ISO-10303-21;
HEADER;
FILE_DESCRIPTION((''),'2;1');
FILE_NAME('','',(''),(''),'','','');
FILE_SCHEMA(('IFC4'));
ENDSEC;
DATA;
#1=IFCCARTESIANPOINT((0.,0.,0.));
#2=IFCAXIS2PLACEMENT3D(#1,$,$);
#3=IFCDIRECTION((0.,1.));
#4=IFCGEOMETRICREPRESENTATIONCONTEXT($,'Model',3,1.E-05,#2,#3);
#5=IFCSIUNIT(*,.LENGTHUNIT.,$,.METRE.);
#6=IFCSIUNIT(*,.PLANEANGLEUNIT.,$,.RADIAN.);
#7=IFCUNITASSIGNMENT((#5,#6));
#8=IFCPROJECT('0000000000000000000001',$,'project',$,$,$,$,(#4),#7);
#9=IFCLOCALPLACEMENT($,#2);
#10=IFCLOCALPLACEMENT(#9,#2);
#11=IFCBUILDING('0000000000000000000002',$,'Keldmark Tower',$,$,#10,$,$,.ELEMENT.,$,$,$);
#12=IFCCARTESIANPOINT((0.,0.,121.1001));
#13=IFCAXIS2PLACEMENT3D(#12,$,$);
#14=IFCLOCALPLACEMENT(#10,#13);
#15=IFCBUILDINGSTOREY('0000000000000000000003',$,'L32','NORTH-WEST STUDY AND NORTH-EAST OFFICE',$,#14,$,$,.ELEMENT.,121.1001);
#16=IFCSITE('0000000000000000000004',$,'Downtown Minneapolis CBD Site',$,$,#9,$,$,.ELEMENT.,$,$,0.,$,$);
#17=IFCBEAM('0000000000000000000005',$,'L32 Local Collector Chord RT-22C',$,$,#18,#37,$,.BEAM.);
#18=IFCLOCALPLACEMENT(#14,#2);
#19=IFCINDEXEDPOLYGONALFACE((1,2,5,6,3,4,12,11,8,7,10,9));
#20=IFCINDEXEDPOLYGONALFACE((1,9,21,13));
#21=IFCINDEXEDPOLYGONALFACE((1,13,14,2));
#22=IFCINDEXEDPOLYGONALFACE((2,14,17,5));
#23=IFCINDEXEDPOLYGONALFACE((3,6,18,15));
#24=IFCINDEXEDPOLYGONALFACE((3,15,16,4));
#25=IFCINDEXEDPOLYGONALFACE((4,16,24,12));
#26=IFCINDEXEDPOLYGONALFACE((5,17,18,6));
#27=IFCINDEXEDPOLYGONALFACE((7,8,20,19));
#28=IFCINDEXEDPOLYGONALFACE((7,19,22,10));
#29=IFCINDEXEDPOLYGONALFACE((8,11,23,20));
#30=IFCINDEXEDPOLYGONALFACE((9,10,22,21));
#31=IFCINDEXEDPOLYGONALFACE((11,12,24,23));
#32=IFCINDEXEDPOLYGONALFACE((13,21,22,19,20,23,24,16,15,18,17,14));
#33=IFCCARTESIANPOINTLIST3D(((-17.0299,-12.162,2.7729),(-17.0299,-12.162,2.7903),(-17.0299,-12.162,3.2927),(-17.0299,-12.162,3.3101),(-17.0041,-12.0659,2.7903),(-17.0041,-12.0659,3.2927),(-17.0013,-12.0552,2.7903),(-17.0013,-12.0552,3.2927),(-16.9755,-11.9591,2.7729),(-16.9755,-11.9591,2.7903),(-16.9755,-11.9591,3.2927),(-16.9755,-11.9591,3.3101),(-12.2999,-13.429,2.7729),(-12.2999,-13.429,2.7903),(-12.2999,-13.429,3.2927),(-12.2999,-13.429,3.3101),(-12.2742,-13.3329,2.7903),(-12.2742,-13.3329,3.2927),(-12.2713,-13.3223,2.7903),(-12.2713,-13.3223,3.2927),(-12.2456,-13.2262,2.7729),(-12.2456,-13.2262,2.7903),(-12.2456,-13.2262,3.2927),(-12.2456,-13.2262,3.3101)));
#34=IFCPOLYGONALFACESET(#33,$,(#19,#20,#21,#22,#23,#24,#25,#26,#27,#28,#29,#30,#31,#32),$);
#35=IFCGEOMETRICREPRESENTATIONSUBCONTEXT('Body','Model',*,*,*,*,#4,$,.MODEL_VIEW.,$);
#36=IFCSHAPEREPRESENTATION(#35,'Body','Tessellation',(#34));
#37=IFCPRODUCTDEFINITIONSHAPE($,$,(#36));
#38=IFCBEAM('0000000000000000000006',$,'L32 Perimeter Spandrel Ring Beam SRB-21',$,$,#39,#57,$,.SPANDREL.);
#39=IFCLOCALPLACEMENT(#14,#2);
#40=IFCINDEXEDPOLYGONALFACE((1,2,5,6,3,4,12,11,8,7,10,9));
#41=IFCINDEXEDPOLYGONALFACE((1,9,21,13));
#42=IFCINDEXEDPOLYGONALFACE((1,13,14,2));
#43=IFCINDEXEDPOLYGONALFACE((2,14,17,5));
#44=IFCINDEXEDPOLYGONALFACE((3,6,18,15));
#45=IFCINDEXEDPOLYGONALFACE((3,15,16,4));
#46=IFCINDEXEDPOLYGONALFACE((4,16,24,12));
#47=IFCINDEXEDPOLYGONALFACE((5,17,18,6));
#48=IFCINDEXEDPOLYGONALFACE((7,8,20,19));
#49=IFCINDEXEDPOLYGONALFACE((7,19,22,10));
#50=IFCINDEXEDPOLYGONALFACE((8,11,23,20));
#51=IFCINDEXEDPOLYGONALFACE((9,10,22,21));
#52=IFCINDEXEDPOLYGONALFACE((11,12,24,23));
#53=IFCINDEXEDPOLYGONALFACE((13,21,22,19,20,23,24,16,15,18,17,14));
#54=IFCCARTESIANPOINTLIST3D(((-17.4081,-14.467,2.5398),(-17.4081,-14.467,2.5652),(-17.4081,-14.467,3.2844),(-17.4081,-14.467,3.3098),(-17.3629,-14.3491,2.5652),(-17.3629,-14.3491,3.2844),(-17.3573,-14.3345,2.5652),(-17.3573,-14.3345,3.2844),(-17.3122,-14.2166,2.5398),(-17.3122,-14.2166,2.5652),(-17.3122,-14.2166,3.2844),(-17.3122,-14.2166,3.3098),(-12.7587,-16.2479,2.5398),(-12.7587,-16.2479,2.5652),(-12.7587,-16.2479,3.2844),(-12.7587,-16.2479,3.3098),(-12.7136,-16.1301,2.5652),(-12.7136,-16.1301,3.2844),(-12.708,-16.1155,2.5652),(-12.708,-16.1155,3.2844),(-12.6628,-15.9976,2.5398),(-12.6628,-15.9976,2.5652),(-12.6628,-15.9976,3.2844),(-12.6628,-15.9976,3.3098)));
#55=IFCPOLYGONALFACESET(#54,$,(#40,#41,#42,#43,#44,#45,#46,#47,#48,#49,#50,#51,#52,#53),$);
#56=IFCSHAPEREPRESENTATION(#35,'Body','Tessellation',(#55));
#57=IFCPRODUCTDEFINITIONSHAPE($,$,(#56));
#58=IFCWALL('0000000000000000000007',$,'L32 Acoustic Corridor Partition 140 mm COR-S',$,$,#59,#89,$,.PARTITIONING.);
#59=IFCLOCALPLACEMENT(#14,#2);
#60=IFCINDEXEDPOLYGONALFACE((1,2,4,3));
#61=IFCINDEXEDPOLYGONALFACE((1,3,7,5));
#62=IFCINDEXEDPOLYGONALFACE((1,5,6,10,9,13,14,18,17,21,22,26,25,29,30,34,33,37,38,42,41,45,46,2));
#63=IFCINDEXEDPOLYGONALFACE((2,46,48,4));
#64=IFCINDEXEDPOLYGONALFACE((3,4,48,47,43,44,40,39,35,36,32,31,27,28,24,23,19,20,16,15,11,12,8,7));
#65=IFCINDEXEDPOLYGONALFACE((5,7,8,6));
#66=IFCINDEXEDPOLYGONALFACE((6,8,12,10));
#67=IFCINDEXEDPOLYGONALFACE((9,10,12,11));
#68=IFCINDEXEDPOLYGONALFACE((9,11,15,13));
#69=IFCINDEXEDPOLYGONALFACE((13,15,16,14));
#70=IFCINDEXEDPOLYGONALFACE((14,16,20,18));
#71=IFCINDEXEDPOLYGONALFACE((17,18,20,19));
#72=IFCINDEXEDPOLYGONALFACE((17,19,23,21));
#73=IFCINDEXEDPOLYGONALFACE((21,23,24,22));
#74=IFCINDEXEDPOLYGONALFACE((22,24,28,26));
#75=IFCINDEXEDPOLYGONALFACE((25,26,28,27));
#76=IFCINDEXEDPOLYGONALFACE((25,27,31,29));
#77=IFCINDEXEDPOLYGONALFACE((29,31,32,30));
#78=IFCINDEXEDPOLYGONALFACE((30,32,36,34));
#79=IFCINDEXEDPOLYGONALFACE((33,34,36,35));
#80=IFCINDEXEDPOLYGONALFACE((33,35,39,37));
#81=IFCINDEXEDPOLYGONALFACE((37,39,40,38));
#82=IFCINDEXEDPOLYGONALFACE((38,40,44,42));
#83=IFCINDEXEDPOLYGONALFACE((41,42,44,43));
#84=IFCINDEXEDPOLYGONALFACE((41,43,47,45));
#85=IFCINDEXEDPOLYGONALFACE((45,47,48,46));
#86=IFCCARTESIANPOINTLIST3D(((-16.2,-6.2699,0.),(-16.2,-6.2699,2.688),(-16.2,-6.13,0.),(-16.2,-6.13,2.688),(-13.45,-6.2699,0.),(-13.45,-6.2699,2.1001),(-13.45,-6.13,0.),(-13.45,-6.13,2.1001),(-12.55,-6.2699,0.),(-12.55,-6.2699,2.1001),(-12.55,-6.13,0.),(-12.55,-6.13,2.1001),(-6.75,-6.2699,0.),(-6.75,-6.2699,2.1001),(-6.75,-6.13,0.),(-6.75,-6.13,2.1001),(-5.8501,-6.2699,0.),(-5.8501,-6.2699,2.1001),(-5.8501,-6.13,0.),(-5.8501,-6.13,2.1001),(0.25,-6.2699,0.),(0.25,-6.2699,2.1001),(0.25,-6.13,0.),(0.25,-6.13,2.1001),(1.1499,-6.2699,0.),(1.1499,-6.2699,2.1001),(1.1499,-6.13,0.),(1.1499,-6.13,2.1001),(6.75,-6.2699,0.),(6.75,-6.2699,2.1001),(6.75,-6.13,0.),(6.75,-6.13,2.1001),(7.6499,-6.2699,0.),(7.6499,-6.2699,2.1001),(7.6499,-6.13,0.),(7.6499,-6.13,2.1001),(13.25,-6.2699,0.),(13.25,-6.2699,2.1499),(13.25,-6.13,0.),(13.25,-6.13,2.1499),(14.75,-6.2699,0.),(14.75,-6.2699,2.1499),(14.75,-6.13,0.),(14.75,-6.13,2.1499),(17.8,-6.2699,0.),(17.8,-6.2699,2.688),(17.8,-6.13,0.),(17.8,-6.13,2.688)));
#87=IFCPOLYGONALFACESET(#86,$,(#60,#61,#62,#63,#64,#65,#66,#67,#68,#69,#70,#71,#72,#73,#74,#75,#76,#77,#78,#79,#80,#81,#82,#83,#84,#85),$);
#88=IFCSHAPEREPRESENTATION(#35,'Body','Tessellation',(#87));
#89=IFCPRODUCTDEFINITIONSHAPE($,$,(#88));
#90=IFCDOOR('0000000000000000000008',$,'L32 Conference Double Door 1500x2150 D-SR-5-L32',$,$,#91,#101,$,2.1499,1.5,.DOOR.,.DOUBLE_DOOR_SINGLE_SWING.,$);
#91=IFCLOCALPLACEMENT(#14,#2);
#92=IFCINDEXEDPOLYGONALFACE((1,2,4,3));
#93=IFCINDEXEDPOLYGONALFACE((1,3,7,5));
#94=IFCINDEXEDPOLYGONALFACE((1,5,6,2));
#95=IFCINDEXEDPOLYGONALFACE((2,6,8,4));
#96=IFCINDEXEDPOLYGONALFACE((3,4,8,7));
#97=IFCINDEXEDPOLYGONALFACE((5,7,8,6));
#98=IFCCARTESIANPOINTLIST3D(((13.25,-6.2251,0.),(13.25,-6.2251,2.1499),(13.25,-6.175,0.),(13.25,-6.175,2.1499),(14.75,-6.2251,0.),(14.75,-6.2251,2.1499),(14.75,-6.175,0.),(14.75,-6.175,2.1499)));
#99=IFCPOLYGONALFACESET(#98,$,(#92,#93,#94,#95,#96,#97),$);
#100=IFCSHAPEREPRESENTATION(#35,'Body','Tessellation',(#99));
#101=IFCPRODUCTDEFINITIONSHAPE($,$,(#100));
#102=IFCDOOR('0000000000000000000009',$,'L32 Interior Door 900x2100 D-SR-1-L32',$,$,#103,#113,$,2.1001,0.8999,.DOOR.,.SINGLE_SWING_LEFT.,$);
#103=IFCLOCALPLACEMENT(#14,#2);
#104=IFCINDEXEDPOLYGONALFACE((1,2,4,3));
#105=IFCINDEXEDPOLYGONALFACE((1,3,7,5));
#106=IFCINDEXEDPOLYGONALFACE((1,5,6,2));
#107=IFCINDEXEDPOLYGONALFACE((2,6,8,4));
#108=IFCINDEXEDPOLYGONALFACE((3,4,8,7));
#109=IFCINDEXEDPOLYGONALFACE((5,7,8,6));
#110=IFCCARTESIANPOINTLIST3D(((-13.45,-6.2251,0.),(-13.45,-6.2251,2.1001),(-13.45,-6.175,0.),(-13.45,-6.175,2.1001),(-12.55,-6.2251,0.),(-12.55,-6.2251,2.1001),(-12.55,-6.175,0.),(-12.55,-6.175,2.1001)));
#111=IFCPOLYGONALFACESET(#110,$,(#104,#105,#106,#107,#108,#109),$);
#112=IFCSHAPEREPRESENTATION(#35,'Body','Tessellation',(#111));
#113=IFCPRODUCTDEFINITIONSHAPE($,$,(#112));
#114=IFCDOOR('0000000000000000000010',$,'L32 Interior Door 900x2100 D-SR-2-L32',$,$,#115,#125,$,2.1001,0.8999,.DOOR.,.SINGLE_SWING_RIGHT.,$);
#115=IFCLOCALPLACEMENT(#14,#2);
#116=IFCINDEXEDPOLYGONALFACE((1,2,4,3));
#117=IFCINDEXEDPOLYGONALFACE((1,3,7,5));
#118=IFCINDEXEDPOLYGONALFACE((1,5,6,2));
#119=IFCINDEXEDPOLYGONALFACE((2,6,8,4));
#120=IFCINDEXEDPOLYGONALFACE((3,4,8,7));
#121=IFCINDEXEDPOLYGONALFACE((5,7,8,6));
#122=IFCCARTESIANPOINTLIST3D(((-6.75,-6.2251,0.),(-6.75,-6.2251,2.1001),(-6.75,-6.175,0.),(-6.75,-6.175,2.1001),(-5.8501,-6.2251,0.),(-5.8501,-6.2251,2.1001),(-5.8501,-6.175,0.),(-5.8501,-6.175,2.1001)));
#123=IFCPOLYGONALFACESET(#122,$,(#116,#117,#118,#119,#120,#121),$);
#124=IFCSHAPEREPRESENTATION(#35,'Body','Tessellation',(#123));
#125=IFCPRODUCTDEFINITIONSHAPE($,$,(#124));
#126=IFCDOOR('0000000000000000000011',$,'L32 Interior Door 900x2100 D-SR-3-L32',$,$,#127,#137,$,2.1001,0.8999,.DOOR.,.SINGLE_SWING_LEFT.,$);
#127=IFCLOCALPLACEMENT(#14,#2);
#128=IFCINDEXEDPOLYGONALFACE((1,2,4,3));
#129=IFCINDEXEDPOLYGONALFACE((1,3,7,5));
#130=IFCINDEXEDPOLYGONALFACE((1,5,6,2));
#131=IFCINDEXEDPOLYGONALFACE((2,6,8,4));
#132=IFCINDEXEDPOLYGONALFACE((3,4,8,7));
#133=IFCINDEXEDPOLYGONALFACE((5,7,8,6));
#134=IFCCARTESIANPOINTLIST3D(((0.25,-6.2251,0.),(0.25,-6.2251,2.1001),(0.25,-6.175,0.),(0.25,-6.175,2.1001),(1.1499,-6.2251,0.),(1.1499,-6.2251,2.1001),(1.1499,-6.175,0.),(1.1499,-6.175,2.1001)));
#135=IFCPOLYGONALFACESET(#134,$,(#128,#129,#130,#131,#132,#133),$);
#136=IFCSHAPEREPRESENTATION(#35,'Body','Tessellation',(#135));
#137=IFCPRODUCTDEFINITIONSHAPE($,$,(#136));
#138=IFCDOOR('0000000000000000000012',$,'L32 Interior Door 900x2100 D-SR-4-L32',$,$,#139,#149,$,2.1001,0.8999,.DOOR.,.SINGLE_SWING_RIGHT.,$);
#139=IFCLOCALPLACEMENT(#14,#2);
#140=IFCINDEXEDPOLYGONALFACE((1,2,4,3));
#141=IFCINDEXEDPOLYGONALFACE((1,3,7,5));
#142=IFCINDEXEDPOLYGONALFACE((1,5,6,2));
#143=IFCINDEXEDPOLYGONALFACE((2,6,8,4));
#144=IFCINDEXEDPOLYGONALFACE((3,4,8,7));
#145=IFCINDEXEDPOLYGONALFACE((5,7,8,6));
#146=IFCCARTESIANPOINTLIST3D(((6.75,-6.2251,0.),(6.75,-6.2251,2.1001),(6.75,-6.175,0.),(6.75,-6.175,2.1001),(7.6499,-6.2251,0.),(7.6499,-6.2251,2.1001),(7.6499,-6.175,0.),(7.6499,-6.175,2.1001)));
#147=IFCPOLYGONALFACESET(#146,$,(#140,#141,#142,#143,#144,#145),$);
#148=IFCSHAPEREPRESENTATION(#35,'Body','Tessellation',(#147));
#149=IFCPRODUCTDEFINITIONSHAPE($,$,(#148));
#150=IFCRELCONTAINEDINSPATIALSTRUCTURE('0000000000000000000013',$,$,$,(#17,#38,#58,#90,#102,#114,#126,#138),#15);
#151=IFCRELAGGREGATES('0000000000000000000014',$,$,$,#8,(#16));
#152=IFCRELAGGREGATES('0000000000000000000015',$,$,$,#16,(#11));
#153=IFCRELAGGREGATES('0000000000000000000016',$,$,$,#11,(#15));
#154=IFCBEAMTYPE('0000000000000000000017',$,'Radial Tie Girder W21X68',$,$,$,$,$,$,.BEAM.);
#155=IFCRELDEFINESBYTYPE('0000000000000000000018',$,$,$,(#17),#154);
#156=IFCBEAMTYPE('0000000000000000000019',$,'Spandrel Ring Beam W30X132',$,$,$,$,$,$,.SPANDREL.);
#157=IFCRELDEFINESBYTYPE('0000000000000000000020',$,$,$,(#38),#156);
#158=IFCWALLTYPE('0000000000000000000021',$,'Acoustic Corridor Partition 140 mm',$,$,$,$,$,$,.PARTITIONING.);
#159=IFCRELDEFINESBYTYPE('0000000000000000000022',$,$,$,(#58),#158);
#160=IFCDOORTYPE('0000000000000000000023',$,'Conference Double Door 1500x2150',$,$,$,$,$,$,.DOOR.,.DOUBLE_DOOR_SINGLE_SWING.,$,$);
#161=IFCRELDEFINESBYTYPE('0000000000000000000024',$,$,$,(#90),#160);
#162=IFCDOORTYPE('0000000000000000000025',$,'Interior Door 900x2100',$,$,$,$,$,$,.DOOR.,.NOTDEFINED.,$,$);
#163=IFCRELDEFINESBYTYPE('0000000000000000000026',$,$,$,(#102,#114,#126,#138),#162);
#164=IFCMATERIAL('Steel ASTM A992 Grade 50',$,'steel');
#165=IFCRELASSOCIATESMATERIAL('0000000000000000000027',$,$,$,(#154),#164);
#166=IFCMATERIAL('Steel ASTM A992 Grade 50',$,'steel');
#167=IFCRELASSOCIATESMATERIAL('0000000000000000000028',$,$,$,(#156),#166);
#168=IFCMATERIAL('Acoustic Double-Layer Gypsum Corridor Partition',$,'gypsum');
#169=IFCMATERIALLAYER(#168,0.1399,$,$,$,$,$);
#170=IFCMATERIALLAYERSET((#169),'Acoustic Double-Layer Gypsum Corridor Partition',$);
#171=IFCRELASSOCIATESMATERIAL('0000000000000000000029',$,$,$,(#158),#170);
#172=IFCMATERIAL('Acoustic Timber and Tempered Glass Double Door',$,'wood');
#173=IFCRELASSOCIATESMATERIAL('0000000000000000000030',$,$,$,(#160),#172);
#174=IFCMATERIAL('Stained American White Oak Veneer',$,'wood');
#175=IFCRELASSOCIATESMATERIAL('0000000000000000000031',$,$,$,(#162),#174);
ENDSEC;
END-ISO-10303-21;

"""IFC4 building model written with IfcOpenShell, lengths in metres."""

from ifc_helpers import new_model, si_unit, direction, frame, frame_2d, origin, origin_2d, place, context, subcontext, project, spatial, rectangle, i_section, extrude, material, layer, layer_set, material_profile, profile_set, type_object, element, fill, save


model = new_model("IFC4")

# Units and contexts
model_context = context("Model", 3, precision=1e-05, world=origin(), true_north=direction((0.0, 1.0)))
body_context = subcontext(model_context, "Body", "Model", "MODEL_VIEW")
ifc_project = project(units=[si_unit("LENGTHUNIT", "METRE"), si_unit("PLANEANGLEUNIT", "RADIAN")], contexts=[model_context])

# Site, building, storey
site_placement = place(None, origin())
site = spatial("IfcSite", under=ifc_project, at=site_placement, Name="Downtown Minneapolis CBD Site", CompositionType="ELEMENT", RefElevation=0.0)
building_placement = place(site_placement, origin())
building = spatial("IfcBuilding", under=site, at=building_placement, Name="Keldmark Tower", CompositionType="ELEMENT")
storey_placement = place(building_placement, frame((0.0, 0.0, 121.1001)))
storey = spatial("IfcBuildingStorey", under=building, at=storey_placement, Name="L32", Description="NORTH-WEST STUDY AND NORTH-EAST OFFICE", CompositionType="ELEMENT", Elevation=121.1001)

# Beams
ifc_material_1 = material(Name="Steel ASTM A992 Grade 50", Category="steel")
ifc_material_profile_1 = material_profile(ifc_material_1, i_section(OverallWidth=0.21, OverallDepth=0.5371, WebThickness=0.011, FlangeThickness=0.0173, at=origin_2d()), Name="W21X68")
ifc_profile_set_1 = profile_set([ifc_material_profile_1], Name="Steel ASTM A992 Grade 50")
beam_type_1 = type_object("IfcBeamType", Name="Radial Tie Girder W21X68", PredefinedType="BEAM", material=ifc_profile_set_1)
beam_1_placement = place(storey_placement, frame((-17.0027, -12.0605, 3.0415), z_axis=(0.965941, -0.258761, 0.0), x_axis=(0.258761, 0.965941, 0.0)))
element("IfcBeam", 1, at=beam_1_placement, inside=storey, type_object=beam_type_1, Name="L32 Local Collector Chord RT-22C", PredefinedType="BEAM", context=body_context, shape_type="SweptSolid", body=[
    extrude(i_section(OverallWidth=0.21, OverallDepth=0.5371, WebThickness=0.011, FlangeThickness=0.0173, at=origin_2d()), origin(), (0.0, 0.0, 1.0), 4.8967),
])
ifc_material_2 = material(Name="Steel ASTM A992 Grade 50", Category="steel")
ifc_material_profile_2 = material_profile(ifc_material_2, i_section(OverallWidth=0.2681, OverallDepth=0.77, WebThickness=0.0156, FlangeThickness=0.0254, at=origin_2d()), Name="W30X132")
ifc_profile_set_2 = profile_set([ifc_material_profile_2], Name="Steel ASTM A992 Grade 50")
beam_type_2 = type_object("IfcBeamType", Name="Spandrel Ring Beam W30X132", PredefinedType="SPANDREL", material=ifc_profile_set_2)
beam_2_placement = place(storey_placement, frame((-17.3601, -14.3418, 2.9248), z_axis=(0.933831, -0.357714, 0.0), x_axis=(0.357714, 0.933831, 0.0)))
element("IfcBeam", 2, at=beam_2_placement, inside=storey, type_object=beam_type_2, Name="L32 Perimeter Spandrel Ring Beam SRB-21", PredefinedType="SPANDREL", context=body_context, shape_type="SweptSolid", body=[
    extrude(i_section(OverallWidth=0.2681, OverallDepth=0.77, WebThickness=0.0156, FlangeThickness=0.0254, at=origin_2d()), origin(), (0.0, 0.0, 1.0), 4.9788),
])

# Wall, openings, doors
ifc_material_3 = material(Name="Acoustic Double-Layer Gypsum Corridor Partition", Category="gypsum")
ifc_layer_1 = layer(ifc_material_3, 0.1399)
ifc_layer_set_1 = layer_set([ifc_layer_1], Name="Acoustic Double-Layer Gypsum Corridor Partition")
wall_type_1 = type_object("IfcWallType", Name="Acoustic Corridor Partition 140 mm", PredefinedType="PARTITIONING", material=ifc_layer_set_1)
wall_1_placement = place(storey_placement, frame((-16.2, -6.2, 0.0), z_axis=(0.0, 0.0, 1.0), x_axis=(1.0, 0.0, 0.0)))
wall_1 = element("IfcWall", 3, at=wall_1_placement, inside=storey, type_object=wall_type_1, Name="L32 Acoustic Corridor Partition 140 mm COR-S", PredefinedType="PARTITIONING", context=body_context, shape_type="SweptSolid", body=[
    extrude(rectangle(XDim=34.0, YDim=0.1399, at=frame_2d((17.0, 0.0))), origin(), (0.0, 0.0, 1.0), 2.688),
])
opening_1_placement = place(wall_1_placement, frame((2.75, 0.0, 0.0)))
opening_1 = element("IfcOpeningElement", 4, at=opening_1_placement, cuts=wall_1, PredefinedType="OPENING", context=body_context, shape_type="SweptSolid", body=[
    extrude(rectangle(XDim=0.8999, YDim=2.1001, at=frame_2d((0.45, 1.05))), frame((0.0, 0.0798, 0.0), z_axis=(0.0, -1.0, 0.0), x_axis=(1.0, 0.0, 0.0)), (0.0, 0.0, 1.0), 0.1599),
])
opening_2_placement = place(wall_1_placement, frame((9.45, 0.0, 0.0)))
opening_2 = element("IfcOpeningElement", 5, at=opening_2_placement, cuts=wall_1, PredefinedType="OPENING", context=body_context, shape_type="SweptSolid", body=[
    extrude(rectangle(XDim=0.8999, YDim=2.1001, at=frame_2d((0.45, 1.05))), frame((0.0, 0.0798, 0.0), z_axis=(0.0, -1.0, 0.0), x_axis=(1.0, 0.0, 0.0)), (0.0, 0.0, 1.0), 0.1599),
])
opening_3_placement = place(wall_1_placement, frame((16.45, 0.0, 0.0)))
opening_3 = element("IfcOpeningElement", 6, at=opening_3_placement, cuts=wall_1, PredefinedType="OPENING", context=body_context, shape_type="SweptSolid", body=[
    extrude(rectangle(XDim=0.8999, YDim=2.1001, at=frame_2d((0.45, 1.05))), frame((0.0, 0.0798, 0.0), z_axis=(0.0, -1.0, 0.0), x_axis=(1.0, 0.0, 0.0)), (0.0, 0.0, 1.0), 0.1599),
])
opening_4_placement = place(wall_1_placement, frame((22.95, 0.0, 0.0)))
opening_4 = element("IfcOpeningElement", 7, at=opening_4_placement, cuts=wall_1, PredefinedType="OPENING", context=body_context, shape_type="SweptSolid", body=[
    extrude(rectangle(XDim=0.8999, YDim=2.1001, at=frame_2d((0.45, 1.05))), frame((0.0, 0.0798, 0.0), z_axis=(0.0, -1.0, 0.0), x_axis=(1.0, 0.0, 0.0)), (0.0, 0.0, 1.0), 0.1599),
])
opening_5_placement = place(wall_1_placement, frame((29.45, 0.0, 0.0)))
opening_5 = element("IfcOpeningElement", 8, at=opening_5_placement, cuts=wall_1, PredefinedType="OPENING", context=body_context, shape_type="SweptSolid", body=[
    extrude(rectangle(XDim=1.5, YDim=2.1499, at=frame_2d((0.75, 1.075))), frame((0.0, 0.0798, 0.0), z_axis=(0.0, -1.0, 0.0), x_axis=(1.0, 0.0, 0.0)), (0.0, 0.0, 1.0), 0.1599),
])
ifc_material_4 = material(Name="Acoustic Timber and Tempered Glass Double Door", Category="wood")
door_type_1 = type_object("IfcDoorType", Name="Conference Double Door 1500x2150", OperationType="DOUBLE_DOOR_SINGLE_SWING", PredefinedType="DOOR", material=ifc_material_4)
door_1_placement = place(opening_5_placement, origin())
door_1 = element("IfcDoor", 9, at=door_1_placement, inside=storey, type_object=door_type_1, Name="L32 Conference Double Door 1500x2150 D-SR-5-L32", OperationType="DOUBLE_DOOR_SINGLE_SWING", OverallHeight=2.1499, OverallWidth=1.5, PredefinedType="DOOR", context=body_context, shape_type="SweptSolid", body=[
    extrude(rectangle(XDim=1.5, YDim=2.1499, at=frame_2d((0.75, 1.075))), frame((0.0, 0.0249, 0.0), z_axis=(0.0, -1.0, 0.0), x_axis=(1.0, 0.0, 0.0)), (0.0, 0.0, 1.0), 0.05),
])
fill(opening_5, door_1)
ifc_material_5 = material(Name="Stained American White Oak Veneer", Category="wood")
door_type_2 = type_object("IfcDoorType", Name="Interior Door 900x2100", OperationType="NOTDEFINED", PredefinedType="DOOR", material=ifc_material_5)
door_2_placement = place(opening_1_placement, origin())
door_2 = element("IfcDoor", 10, at=door_2_placement, inside=storey, type_object=door_type_2, Name="L32 Interior Door 900x2100 D-SR-1-L32", OperationType="SINGLE_SWING_LEFT", OverallHeight=2.1001, OverallWidth=0.8999, PredefinedType="DOOR", context=body_context, shape_type="SweptSolid", body=[
    extrude(rectangle(XDim=0.8999, YDim=2.1001, at=frame_2d((0.45, 1.05))), frame((0.0, 0.0249, 0.0), z_axis=(0.0, -1.0, 0.0), x_axis=(1.0, 0.0, 0.0)), (0.0, 0.0, 1.0), 0.05),
])
fill(opening_1, door_2)
door_3_placement = place(opening_2_placement, origin())
door_3 = element("IfcDoor", 11, at=door_3_placement, inside=storey, type_object=door_type_2, Name="L32 Interior Door 900x2100 D-SR-2-L32", OperationType="SINGLE_SWING_RIGHT", OverallHeight=2.1001, OverallWidth=0.8999, PredefinedType="DOOR", context=body_context, shape_type="SweptSolid", body=[
    extrude(rectangle(XDim=0.8999, YDim=2.1001, at=frame_2d((0.45, 1.05))), frame((0.0, 0.0249, 0.0), z_axis=(0.0, -1.0, 0.0), x_axis=(1.0, 0.0, 0.0)), (0.0, 0.0, 1.0), 0.05),
])
fill(opening_2, door_3)
door_4_placement = place(opening_3_placement, origin())
door_4 = element("IfcDoor", 12, at=door_4_placement, inside=storey, type_object=door_type_2, Name="L32 Interior Door 900x2100 D-SR-3-L32", OperationType="SINGLE_SWING_LEFT", OverallHeight=2.1001, OverallWidth=0.8999, PredefinedType="DOOR", context=body_context, shape_type="SweptSolid", body=[
    extrude(rectangle(XDim=0.8999, YDim=2.1001, at=frame_2d((0.45, 1.05))), frame((0.0, 0.0249, 0.0), z_axis=(0.0, -1.0, 0.0), x_axis=(1.0, 0.0, 0.0)), (0.0, 0.0, 1.0), 0.05),
])
fill(opening_3, door_4)
door_5_placement = place(opening_4_placement, origin())
door_5 = element("IfcDoor", 13, at=door_5_placement, inside=storey, type_object=door_type_2, Name="L32 Interior Door 900x2100 D-SR-4-L32", OperationType="SINGLE_SWING_RIGHT", OverallHeight=2.1001, OverallWidth=0.8999, PredefinedType="DOOR", context=body_context, shape_type="SweptSolid", body=[
    extrude(rectangle(XDim=0.8999, YDim=2.1001, at=frame_2d((0.45, 1.05))), frame((0.0, 0.0249, 0.0), z_axis=(0.0, -1.0, 0.0), x_axis=(1.0, 0.0, 0.0)), (0.0, 0.0, 1.0), 0.05),
])
fill(opening_4, door_5)

save(model, "model.ifc")
